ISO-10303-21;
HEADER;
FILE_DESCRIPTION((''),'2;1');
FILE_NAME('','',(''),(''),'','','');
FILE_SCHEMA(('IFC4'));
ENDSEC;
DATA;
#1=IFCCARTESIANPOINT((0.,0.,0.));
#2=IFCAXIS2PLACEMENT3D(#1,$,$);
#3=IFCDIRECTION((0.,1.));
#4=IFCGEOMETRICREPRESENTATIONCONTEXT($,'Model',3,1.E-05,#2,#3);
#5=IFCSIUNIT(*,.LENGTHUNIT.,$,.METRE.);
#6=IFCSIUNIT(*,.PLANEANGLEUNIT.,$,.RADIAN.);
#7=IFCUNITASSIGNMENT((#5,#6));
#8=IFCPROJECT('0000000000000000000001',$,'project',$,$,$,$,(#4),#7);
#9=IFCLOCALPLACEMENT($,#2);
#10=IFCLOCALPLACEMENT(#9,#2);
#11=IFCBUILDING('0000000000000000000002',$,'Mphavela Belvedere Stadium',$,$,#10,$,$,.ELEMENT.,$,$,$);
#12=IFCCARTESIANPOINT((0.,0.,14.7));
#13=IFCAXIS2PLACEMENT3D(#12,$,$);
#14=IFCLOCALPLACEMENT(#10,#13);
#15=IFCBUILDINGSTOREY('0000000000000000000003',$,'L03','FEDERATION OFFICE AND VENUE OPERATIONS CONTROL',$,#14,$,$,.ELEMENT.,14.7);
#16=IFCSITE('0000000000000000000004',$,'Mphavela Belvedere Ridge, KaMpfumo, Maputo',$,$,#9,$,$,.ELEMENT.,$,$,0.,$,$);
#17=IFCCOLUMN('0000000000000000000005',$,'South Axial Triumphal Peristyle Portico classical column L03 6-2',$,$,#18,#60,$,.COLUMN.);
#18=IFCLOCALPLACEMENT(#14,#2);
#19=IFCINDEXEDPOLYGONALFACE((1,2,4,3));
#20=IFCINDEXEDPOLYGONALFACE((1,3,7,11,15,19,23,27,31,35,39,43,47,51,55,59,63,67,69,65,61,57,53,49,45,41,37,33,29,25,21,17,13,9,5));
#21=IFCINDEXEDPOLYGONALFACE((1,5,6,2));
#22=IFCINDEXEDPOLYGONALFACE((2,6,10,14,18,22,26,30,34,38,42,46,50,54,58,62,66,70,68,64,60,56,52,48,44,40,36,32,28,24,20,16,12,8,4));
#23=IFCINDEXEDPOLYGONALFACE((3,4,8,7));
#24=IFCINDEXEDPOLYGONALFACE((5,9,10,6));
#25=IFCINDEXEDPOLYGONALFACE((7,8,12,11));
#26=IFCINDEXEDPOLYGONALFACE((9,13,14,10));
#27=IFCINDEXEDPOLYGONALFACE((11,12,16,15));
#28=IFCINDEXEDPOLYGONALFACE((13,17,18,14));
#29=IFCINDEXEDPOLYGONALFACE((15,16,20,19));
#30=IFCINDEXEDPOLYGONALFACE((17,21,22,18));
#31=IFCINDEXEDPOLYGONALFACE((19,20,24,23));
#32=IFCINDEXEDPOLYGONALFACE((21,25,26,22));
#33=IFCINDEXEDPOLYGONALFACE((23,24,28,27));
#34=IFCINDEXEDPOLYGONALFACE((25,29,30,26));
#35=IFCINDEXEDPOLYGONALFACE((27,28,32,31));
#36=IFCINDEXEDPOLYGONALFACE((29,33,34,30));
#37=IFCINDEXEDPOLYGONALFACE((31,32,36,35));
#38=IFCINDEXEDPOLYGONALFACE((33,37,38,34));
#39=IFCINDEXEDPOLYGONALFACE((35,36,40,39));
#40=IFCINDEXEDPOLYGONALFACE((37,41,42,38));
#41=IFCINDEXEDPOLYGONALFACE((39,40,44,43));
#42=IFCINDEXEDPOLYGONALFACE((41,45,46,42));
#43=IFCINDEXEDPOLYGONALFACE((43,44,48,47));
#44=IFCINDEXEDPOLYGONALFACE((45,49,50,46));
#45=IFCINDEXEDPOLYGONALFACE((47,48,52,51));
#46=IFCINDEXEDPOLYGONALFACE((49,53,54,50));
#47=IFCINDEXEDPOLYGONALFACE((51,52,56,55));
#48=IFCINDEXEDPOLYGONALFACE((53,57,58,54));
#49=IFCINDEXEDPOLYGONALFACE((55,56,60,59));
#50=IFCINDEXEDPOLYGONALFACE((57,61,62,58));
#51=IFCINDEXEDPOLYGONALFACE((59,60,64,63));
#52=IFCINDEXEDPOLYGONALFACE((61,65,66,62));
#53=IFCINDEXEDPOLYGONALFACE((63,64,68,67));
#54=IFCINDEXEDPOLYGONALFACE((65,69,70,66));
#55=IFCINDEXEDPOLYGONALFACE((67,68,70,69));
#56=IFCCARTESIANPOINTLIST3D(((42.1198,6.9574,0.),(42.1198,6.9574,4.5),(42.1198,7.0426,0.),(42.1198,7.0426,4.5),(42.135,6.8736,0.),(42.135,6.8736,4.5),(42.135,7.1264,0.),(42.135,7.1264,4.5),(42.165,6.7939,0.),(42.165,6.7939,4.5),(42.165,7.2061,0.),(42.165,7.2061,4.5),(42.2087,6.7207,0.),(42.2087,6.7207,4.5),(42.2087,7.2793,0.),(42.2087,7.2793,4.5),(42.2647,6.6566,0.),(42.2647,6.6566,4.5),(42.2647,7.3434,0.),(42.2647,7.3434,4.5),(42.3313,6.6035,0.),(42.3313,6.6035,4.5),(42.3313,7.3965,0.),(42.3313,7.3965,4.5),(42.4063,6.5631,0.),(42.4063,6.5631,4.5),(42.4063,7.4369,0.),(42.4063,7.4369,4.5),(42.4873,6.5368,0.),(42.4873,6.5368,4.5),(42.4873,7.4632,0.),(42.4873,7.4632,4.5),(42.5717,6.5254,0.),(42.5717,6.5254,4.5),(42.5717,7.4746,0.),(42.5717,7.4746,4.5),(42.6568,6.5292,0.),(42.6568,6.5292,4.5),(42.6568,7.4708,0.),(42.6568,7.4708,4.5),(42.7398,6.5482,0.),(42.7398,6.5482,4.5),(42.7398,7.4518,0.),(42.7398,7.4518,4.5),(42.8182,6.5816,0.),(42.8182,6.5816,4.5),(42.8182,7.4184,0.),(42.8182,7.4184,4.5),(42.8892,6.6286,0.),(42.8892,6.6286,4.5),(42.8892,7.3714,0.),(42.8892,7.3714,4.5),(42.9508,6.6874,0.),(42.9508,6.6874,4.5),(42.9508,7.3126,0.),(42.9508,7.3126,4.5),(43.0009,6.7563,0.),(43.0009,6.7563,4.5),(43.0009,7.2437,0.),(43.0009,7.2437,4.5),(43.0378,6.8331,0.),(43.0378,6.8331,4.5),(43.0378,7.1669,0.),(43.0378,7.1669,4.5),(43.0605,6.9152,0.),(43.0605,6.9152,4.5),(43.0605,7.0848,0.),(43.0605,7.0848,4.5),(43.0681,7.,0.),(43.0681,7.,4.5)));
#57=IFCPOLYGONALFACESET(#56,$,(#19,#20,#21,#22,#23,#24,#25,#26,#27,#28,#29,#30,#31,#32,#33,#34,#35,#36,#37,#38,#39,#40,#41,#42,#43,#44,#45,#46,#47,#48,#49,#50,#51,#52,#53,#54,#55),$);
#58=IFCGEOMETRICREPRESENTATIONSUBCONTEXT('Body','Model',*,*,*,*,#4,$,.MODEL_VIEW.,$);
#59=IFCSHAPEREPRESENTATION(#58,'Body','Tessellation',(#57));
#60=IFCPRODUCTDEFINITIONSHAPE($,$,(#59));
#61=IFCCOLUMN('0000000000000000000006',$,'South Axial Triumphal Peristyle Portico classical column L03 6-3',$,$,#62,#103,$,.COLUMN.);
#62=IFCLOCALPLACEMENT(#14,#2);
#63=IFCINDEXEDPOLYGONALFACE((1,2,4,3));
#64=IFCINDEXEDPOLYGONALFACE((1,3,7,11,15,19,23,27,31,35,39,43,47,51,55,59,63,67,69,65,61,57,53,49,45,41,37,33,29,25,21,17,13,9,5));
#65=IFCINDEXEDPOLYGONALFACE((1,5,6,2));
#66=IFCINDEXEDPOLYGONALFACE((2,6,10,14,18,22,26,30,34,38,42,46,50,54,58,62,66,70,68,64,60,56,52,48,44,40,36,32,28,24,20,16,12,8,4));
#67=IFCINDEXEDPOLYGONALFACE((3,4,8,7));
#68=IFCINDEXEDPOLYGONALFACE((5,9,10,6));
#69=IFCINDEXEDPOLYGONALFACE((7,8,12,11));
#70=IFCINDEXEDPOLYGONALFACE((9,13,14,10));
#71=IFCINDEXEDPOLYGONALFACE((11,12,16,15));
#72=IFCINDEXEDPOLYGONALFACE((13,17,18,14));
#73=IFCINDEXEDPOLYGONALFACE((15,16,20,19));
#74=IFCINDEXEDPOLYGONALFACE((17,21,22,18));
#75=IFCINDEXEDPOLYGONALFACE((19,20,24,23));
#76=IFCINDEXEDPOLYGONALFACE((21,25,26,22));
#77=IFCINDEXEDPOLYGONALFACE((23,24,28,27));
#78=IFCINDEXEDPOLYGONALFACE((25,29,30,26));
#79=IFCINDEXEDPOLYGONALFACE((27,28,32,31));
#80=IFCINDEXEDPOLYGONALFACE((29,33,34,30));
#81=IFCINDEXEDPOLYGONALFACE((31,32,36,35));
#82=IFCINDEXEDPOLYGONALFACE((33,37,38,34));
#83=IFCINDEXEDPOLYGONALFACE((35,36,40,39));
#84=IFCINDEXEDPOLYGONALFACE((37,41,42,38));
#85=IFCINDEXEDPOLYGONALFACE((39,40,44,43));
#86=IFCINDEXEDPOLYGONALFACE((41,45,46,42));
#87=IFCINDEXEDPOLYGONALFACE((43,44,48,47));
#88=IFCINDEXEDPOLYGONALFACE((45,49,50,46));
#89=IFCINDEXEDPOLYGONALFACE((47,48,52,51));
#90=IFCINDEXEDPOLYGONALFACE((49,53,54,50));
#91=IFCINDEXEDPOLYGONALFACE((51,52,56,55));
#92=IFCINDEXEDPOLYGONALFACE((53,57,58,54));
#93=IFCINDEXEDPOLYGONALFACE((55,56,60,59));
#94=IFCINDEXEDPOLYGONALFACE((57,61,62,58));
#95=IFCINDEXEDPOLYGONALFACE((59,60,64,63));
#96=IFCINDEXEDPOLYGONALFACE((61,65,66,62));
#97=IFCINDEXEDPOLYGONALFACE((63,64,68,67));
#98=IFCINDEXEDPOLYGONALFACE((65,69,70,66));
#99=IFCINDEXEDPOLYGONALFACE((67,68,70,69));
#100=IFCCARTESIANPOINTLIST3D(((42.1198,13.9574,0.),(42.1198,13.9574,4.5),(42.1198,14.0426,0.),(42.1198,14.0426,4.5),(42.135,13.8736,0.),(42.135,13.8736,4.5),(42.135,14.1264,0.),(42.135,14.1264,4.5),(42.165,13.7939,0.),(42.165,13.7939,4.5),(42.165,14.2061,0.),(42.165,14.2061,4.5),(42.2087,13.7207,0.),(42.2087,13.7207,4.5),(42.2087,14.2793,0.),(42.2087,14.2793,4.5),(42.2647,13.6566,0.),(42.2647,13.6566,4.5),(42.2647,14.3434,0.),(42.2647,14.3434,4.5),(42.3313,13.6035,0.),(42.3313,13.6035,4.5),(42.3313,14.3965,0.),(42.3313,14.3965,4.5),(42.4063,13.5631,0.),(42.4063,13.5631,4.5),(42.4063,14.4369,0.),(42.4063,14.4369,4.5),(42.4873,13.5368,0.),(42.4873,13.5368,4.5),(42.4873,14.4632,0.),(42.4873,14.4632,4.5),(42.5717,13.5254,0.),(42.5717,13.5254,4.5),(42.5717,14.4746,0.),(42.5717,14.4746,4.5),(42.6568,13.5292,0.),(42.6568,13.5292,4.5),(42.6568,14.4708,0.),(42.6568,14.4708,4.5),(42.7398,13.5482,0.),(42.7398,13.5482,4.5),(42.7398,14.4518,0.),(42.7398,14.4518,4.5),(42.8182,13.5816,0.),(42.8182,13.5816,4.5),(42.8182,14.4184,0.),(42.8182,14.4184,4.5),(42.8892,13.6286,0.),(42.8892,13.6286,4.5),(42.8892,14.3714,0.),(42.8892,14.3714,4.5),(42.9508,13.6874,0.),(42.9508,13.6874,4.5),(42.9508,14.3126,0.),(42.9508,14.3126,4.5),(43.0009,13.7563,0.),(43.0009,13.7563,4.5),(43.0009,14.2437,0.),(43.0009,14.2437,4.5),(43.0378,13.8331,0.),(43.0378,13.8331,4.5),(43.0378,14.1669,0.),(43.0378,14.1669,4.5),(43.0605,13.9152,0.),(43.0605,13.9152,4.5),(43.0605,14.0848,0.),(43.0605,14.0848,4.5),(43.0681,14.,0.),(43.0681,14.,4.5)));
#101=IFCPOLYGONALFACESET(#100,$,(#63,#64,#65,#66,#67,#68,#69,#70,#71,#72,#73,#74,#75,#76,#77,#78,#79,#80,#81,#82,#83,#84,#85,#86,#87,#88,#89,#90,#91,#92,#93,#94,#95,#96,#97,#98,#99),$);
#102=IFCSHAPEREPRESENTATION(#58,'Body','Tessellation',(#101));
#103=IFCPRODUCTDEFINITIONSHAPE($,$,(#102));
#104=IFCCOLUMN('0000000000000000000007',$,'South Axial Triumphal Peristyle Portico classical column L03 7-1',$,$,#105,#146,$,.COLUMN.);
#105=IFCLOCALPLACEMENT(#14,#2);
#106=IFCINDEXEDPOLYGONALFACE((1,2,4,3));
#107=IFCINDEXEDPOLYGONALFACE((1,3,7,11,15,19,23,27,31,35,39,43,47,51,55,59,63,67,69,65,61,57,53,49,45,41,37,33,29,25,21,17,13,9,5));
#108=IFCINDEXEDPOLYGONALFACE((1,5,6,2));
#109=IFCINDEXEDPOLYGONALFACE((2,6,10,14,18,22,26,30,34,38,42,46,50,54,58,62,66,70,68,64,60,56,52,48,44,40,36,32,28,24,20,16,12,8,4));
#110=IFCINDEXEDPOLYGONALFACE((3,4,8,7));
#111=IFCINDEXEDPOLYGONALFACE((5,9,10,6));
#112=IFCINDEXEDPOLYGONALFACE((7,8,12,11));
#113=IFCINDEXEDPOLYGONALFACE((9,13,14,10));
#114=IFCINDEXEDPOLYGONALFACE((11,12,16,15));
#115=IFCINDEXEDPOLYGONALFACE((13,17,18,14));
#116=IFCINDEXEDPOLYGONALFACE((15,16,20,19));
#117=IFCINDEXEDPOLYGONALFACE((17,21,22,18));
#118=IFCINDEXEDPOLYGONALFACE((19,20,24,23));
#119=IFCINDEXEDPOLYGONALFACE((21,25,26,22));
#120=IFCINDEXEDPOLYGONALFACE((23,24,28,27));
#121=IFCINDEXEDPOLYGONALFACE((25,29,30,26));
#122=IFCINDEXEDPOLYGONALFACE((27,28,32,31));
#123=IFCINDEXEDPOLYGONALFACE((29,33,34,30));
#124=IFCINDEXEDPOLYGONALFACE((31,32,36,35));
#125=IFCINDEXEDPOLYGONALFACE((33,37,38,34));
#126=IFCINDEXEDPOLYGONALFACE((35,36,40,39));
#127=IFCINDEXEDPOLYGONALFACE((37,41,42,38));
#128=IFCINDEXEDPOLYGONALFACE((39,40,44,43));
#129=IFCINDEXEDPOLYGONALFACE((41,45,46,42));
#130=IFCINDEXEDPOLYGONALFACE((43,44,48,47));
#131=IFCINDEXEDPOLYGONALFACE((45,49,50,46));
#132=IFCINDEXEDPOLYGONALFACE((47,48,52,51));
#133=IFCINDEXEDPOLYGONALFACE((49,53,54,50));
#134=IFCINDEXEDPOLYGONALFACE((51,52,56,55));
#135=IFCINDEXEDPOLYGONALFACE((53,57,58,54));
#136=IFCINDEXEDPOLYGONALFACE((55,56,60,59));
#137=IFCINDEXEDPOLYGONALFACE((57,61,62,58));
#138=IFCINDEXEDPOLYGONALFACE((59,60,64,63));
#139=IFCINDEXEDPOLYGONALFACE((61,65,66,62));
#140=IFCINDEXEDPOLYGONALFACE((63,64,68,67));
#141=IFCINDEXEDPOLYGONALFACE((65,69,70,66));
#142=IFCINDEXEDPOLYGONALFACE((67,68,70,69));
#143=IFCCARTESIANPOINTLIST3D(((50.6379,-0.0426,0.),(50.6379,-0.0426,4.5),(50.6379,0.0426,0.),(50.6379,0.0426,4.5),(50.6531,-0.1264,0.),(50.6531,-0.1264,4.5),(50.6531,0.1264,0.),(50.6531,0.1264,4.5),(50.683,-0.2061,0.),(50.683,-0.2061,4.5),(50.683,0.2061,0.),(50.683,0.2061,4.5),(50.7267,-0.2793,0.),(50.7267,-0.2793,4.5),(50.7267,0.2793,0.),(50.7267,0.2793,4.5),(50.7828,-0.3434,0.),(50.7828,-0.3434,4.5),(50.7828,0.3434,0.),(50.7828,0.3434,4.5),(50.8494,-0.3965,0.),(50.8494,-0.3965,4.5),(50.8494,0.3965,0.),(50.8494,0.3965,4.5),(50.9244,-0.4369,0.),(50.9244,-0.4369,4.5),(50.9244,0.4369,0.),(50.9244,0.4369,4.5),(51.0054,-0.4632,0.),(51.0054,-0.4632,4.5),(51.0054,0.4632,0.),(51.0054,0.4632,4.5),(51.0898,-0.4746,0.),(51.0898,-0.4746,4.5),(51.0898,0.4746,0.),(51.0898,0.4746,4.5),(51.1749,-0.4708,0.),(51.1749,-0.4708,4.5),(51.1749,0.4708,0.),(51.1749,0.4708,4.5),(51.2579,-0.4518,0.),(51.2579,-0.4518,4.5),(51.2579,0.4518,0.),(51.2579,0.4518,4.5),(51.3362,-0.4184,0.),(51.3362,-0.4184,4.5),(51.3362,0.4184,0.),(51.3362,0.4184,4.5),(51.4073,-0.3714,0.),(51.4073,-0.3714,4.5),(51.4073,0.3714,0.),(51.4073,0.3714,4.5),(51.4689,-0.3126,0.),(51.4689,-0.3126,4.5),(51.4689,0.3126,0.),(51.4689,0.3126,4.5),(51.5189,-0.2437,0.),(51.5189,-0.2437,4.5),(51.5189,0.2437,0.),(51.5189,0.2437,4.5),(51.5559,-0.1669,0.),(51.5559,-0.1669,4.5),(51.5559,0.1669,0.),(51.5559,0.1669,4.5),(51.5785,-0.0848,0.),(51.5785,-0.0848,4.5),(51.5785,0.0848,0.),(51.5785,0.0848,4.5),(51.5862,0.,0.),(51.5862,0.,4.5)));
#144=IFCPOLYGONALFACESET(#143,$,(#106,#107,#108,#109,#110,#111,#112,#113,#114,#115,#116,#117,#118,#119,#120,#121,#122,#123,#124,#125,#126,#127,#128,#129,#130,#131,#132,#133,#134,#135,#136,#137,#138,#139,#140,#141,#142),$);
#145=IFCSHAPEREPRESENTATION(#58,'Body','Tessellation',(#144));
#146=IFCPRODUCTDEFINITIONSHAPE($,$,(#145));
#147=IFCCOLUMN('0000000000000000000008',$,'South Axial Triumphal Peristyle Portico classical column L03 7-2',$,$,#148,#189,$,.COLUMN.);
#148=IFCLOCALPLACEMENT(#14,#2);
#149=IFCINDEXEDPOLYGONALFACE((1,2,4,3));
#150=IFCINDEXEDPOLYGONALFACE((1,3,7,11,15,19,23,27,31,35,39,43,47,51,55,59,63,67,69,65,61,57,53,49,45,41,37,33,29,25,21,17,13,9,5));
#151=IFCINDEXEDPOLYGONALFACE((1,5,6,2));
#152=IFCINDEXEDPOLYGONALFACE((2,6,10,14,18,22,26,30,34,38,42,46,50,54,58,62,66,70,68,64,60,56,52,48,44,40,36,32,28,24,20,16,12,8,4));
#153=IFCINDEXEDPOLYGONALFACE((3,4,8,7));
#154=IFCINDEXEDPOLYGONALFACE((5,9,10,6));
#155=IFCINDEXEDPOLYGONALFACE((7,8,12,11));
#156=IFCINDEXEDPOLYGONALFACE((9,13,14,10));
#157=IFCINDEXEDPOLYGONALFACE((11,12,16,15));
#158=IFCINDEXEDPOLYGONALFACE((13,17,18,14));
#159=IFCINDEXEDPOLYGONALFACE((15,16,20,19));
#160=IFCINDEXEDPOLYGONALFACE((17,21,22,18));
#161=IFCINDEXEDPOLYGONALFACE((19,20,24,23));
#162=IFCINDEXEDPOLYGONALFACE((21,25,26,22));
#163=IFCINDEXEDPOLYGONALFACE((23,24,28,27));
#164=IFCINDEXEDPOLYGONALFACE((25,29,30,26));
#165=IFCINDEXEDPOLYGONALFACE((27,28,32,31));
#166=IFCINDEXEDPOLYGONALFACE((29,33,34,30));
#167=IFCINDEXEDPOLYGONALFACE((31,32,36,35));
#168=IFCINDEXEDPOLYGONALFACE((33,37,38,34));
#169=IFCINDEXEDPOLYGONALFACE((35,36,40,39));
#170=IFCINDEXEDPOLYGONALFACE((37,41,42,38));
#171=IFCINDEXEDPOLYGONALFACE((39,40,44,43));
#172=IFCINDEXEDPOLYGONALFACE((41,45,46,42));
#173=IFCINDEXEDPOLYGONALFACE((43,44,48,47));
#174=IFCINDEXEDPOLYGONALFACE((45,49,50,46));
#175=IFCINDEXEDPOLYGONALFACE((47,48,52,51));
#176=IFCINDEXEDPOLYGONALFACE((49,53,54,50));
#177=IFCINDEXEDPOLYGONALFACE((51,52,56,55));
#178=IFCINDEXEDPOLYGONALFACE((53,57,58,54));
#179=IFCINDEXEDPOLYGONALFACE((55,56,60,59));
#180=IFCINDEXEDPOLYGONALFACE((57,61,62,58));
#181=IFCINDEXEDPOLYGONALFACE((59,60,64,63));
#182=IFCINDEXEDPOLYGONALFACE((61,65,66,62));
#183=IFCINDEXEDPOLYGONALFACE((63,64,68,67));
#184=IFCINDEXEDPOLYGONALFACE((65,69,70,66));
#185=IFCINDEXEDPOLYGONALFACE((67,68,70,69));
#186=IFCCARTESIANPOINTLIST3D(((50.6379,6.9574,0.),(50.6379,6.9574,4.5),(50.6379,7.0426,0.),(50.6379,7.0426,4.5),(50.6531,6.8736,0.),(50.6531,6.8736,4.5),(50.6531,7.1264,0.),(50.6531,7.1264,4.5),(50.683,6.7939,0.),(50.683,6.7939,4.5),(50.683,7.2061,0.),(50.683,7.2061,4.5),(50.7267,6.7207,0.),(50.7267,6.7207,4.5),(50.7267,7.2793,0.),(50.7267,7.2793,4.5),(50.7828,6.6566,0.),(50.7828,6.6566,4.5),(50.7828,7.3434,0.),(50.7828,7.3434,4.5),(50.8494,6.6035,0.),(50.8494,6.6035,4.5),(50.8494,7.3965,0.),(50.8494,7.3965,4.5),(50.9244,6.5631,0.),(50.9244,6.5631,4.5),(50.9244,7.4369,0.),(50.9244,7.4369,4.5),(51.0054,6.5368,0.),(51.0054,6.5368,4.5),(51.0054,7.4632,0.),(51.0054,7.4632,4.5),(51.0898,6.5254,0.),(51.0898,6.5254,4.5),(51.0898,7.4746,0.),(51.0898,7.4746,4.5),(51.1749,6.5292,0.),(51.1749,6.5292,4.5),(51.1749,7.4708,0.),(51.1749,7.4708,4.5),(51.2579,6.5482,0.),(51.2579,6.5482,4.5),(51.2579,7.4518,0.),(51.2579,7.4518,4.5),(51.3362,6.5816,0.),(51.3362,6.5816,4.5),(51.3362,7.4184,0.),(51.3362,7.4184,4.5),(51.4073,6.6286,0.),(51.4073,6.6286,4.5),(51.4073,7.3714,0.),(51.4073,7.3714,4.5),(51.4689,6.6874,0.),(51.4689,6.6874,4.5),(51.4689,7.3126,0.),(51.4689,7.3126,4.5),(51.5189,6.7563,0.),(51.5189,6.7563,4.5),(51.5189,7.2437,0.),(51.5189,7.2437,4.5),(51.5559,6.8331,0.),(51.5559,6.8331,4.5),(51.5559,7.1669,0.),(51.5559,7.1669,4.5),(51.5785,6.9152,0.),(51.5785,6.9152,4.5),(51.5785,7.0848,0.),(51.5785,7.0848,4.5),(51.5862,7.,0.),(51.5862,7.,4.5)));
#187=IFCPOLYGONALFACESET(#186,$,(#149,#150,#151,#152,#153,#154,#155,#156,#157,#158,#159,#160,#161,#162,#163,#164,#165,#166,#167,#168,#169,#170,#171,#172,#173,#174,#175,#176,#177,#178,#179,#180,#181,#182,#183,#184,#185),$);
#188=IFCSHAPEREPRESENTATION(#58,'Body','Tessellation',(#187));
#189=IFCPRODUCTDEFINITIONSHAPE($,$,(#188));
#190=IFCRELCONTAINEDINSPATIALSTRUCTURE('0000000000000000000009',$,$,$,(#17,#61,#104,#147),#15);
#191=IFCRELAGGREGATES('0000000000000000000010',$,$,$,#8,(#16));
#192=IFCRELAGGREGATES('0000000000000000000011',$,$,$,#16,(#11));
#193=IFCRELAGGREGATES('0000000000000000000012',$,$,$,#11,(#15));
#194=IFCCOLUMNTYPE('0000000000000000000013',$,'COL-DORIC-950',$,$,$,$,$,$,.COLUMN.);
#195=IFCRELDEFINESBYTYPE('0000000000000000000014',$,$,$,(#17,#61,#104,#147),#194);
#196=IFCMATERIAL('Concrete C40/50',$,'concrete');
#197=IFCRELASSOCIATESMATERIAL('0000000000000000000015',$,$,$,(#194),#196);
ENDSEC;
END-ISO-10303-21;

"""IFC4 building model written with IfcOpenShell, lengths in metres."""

from ifc_helpers import new_model, si_unit, direction, frame, origin, origin_2d, place, context, subcontext, project, spatial, circle, extrude, material, material_profile, profile_set, type_object, element, save


model = new_model("IFC4")

# Units and contexts
model_context = context("Model", 3, precision=1e-05, world=origin(), true_north=direction((0.0, 1.0)))
body_context = subcontext(model_context, "Body", "Model", "MODEL_VIEW")
ifc_project = project(units=[si_unit("LENGTHUNIT", "METRE"), si_unit("PLANEANGLEUNIT", "RADIAN")], contexts=[model_context])

# Site, building, storey
site_placement = place(None, origin())
site = spatial("IfcSite", under=ifc_project, at=site_placement, Name="Mphavela Belvedere Ridge, KaMpfumo, Maputo", CompositionType="ELEMENT", RefElevation=0.0)
building_placement = place(site_placement, origin())
building = spatial("IfcBuilding", under=site, at=building_placement, Name="Mphavela Belvedere Stadium", CompositionType="ELEMENT")
storey_placement = place(building_placement, frame((0.0, 0.0, 14.7)))
storey = spatial("IfcBuildingStorey", under=building, at=storey_placement, Name="L03", Description="FEDERATION OFFICE AND VENUE OPERATIONS CONTROL", CompositionType="ELEMENT", Elevation=14.7)

# Columns
ifc_material_1 = material(Name="Concrete C40/50", Category="concrete")
ifc_material_profile_1 = material_profile(ifc_material_1, circle(Radius=0.4751, at=origin_2d()), Name="COL D950")
ifc_profile_set_1 = profile_set([ifc_material_profile_1], Name="Concrete C40/50")
column_type = type_object("IfcColumnType", Name="COL-DORIC-950", PredefinedType="COLUMN", material=ifc_profile_set_1)
for number, where, z_axis, x_axis, name in (
    (1, (42.593, 7.0, 0.0), (0.0, 0.0, 1.0), (1.0, 0.0, 0.0), "South Axial Triumphal Peristyle Portico classical column L03 6-2"),
    (2, (42.593, 14.0, 0.0), (0.0, 0.0, 1.0), (1.0, 0.0, 0.0), "South Axial Triumphal Peristyle Portico classical column L03 6-3"),
    (3, (51.1111, 0.0, 0.0), (0.0, 0.0, 1.0), (1.0, 0.0, 0.0), "South Axial Triumphal Peristyle Portico classical column L03 7-1"),
    (4, (51.1111, 7.0, 0.0), (0.0, 0.0, 1.0), (1.0, 0.0, 0.0), "South Axial Triumphal Peristyle Portico classical column L03 7-2"),
):
    element("IfcColumn", number, at=place(storey_placement, frame(where, z_axis=z_axis, x_axis=x_axis)), inside=storey, type_object=column_type, Name=name, PredefinedType="COLUMN", context=body_context, shape_type="SweptSolid", body=[
        extrude(circle(Radius=0.4751, at=origin_2d()), origin(), (0.0, 0.0, 1.0), 4.5),
    ])

save(model, "model.ifc")
